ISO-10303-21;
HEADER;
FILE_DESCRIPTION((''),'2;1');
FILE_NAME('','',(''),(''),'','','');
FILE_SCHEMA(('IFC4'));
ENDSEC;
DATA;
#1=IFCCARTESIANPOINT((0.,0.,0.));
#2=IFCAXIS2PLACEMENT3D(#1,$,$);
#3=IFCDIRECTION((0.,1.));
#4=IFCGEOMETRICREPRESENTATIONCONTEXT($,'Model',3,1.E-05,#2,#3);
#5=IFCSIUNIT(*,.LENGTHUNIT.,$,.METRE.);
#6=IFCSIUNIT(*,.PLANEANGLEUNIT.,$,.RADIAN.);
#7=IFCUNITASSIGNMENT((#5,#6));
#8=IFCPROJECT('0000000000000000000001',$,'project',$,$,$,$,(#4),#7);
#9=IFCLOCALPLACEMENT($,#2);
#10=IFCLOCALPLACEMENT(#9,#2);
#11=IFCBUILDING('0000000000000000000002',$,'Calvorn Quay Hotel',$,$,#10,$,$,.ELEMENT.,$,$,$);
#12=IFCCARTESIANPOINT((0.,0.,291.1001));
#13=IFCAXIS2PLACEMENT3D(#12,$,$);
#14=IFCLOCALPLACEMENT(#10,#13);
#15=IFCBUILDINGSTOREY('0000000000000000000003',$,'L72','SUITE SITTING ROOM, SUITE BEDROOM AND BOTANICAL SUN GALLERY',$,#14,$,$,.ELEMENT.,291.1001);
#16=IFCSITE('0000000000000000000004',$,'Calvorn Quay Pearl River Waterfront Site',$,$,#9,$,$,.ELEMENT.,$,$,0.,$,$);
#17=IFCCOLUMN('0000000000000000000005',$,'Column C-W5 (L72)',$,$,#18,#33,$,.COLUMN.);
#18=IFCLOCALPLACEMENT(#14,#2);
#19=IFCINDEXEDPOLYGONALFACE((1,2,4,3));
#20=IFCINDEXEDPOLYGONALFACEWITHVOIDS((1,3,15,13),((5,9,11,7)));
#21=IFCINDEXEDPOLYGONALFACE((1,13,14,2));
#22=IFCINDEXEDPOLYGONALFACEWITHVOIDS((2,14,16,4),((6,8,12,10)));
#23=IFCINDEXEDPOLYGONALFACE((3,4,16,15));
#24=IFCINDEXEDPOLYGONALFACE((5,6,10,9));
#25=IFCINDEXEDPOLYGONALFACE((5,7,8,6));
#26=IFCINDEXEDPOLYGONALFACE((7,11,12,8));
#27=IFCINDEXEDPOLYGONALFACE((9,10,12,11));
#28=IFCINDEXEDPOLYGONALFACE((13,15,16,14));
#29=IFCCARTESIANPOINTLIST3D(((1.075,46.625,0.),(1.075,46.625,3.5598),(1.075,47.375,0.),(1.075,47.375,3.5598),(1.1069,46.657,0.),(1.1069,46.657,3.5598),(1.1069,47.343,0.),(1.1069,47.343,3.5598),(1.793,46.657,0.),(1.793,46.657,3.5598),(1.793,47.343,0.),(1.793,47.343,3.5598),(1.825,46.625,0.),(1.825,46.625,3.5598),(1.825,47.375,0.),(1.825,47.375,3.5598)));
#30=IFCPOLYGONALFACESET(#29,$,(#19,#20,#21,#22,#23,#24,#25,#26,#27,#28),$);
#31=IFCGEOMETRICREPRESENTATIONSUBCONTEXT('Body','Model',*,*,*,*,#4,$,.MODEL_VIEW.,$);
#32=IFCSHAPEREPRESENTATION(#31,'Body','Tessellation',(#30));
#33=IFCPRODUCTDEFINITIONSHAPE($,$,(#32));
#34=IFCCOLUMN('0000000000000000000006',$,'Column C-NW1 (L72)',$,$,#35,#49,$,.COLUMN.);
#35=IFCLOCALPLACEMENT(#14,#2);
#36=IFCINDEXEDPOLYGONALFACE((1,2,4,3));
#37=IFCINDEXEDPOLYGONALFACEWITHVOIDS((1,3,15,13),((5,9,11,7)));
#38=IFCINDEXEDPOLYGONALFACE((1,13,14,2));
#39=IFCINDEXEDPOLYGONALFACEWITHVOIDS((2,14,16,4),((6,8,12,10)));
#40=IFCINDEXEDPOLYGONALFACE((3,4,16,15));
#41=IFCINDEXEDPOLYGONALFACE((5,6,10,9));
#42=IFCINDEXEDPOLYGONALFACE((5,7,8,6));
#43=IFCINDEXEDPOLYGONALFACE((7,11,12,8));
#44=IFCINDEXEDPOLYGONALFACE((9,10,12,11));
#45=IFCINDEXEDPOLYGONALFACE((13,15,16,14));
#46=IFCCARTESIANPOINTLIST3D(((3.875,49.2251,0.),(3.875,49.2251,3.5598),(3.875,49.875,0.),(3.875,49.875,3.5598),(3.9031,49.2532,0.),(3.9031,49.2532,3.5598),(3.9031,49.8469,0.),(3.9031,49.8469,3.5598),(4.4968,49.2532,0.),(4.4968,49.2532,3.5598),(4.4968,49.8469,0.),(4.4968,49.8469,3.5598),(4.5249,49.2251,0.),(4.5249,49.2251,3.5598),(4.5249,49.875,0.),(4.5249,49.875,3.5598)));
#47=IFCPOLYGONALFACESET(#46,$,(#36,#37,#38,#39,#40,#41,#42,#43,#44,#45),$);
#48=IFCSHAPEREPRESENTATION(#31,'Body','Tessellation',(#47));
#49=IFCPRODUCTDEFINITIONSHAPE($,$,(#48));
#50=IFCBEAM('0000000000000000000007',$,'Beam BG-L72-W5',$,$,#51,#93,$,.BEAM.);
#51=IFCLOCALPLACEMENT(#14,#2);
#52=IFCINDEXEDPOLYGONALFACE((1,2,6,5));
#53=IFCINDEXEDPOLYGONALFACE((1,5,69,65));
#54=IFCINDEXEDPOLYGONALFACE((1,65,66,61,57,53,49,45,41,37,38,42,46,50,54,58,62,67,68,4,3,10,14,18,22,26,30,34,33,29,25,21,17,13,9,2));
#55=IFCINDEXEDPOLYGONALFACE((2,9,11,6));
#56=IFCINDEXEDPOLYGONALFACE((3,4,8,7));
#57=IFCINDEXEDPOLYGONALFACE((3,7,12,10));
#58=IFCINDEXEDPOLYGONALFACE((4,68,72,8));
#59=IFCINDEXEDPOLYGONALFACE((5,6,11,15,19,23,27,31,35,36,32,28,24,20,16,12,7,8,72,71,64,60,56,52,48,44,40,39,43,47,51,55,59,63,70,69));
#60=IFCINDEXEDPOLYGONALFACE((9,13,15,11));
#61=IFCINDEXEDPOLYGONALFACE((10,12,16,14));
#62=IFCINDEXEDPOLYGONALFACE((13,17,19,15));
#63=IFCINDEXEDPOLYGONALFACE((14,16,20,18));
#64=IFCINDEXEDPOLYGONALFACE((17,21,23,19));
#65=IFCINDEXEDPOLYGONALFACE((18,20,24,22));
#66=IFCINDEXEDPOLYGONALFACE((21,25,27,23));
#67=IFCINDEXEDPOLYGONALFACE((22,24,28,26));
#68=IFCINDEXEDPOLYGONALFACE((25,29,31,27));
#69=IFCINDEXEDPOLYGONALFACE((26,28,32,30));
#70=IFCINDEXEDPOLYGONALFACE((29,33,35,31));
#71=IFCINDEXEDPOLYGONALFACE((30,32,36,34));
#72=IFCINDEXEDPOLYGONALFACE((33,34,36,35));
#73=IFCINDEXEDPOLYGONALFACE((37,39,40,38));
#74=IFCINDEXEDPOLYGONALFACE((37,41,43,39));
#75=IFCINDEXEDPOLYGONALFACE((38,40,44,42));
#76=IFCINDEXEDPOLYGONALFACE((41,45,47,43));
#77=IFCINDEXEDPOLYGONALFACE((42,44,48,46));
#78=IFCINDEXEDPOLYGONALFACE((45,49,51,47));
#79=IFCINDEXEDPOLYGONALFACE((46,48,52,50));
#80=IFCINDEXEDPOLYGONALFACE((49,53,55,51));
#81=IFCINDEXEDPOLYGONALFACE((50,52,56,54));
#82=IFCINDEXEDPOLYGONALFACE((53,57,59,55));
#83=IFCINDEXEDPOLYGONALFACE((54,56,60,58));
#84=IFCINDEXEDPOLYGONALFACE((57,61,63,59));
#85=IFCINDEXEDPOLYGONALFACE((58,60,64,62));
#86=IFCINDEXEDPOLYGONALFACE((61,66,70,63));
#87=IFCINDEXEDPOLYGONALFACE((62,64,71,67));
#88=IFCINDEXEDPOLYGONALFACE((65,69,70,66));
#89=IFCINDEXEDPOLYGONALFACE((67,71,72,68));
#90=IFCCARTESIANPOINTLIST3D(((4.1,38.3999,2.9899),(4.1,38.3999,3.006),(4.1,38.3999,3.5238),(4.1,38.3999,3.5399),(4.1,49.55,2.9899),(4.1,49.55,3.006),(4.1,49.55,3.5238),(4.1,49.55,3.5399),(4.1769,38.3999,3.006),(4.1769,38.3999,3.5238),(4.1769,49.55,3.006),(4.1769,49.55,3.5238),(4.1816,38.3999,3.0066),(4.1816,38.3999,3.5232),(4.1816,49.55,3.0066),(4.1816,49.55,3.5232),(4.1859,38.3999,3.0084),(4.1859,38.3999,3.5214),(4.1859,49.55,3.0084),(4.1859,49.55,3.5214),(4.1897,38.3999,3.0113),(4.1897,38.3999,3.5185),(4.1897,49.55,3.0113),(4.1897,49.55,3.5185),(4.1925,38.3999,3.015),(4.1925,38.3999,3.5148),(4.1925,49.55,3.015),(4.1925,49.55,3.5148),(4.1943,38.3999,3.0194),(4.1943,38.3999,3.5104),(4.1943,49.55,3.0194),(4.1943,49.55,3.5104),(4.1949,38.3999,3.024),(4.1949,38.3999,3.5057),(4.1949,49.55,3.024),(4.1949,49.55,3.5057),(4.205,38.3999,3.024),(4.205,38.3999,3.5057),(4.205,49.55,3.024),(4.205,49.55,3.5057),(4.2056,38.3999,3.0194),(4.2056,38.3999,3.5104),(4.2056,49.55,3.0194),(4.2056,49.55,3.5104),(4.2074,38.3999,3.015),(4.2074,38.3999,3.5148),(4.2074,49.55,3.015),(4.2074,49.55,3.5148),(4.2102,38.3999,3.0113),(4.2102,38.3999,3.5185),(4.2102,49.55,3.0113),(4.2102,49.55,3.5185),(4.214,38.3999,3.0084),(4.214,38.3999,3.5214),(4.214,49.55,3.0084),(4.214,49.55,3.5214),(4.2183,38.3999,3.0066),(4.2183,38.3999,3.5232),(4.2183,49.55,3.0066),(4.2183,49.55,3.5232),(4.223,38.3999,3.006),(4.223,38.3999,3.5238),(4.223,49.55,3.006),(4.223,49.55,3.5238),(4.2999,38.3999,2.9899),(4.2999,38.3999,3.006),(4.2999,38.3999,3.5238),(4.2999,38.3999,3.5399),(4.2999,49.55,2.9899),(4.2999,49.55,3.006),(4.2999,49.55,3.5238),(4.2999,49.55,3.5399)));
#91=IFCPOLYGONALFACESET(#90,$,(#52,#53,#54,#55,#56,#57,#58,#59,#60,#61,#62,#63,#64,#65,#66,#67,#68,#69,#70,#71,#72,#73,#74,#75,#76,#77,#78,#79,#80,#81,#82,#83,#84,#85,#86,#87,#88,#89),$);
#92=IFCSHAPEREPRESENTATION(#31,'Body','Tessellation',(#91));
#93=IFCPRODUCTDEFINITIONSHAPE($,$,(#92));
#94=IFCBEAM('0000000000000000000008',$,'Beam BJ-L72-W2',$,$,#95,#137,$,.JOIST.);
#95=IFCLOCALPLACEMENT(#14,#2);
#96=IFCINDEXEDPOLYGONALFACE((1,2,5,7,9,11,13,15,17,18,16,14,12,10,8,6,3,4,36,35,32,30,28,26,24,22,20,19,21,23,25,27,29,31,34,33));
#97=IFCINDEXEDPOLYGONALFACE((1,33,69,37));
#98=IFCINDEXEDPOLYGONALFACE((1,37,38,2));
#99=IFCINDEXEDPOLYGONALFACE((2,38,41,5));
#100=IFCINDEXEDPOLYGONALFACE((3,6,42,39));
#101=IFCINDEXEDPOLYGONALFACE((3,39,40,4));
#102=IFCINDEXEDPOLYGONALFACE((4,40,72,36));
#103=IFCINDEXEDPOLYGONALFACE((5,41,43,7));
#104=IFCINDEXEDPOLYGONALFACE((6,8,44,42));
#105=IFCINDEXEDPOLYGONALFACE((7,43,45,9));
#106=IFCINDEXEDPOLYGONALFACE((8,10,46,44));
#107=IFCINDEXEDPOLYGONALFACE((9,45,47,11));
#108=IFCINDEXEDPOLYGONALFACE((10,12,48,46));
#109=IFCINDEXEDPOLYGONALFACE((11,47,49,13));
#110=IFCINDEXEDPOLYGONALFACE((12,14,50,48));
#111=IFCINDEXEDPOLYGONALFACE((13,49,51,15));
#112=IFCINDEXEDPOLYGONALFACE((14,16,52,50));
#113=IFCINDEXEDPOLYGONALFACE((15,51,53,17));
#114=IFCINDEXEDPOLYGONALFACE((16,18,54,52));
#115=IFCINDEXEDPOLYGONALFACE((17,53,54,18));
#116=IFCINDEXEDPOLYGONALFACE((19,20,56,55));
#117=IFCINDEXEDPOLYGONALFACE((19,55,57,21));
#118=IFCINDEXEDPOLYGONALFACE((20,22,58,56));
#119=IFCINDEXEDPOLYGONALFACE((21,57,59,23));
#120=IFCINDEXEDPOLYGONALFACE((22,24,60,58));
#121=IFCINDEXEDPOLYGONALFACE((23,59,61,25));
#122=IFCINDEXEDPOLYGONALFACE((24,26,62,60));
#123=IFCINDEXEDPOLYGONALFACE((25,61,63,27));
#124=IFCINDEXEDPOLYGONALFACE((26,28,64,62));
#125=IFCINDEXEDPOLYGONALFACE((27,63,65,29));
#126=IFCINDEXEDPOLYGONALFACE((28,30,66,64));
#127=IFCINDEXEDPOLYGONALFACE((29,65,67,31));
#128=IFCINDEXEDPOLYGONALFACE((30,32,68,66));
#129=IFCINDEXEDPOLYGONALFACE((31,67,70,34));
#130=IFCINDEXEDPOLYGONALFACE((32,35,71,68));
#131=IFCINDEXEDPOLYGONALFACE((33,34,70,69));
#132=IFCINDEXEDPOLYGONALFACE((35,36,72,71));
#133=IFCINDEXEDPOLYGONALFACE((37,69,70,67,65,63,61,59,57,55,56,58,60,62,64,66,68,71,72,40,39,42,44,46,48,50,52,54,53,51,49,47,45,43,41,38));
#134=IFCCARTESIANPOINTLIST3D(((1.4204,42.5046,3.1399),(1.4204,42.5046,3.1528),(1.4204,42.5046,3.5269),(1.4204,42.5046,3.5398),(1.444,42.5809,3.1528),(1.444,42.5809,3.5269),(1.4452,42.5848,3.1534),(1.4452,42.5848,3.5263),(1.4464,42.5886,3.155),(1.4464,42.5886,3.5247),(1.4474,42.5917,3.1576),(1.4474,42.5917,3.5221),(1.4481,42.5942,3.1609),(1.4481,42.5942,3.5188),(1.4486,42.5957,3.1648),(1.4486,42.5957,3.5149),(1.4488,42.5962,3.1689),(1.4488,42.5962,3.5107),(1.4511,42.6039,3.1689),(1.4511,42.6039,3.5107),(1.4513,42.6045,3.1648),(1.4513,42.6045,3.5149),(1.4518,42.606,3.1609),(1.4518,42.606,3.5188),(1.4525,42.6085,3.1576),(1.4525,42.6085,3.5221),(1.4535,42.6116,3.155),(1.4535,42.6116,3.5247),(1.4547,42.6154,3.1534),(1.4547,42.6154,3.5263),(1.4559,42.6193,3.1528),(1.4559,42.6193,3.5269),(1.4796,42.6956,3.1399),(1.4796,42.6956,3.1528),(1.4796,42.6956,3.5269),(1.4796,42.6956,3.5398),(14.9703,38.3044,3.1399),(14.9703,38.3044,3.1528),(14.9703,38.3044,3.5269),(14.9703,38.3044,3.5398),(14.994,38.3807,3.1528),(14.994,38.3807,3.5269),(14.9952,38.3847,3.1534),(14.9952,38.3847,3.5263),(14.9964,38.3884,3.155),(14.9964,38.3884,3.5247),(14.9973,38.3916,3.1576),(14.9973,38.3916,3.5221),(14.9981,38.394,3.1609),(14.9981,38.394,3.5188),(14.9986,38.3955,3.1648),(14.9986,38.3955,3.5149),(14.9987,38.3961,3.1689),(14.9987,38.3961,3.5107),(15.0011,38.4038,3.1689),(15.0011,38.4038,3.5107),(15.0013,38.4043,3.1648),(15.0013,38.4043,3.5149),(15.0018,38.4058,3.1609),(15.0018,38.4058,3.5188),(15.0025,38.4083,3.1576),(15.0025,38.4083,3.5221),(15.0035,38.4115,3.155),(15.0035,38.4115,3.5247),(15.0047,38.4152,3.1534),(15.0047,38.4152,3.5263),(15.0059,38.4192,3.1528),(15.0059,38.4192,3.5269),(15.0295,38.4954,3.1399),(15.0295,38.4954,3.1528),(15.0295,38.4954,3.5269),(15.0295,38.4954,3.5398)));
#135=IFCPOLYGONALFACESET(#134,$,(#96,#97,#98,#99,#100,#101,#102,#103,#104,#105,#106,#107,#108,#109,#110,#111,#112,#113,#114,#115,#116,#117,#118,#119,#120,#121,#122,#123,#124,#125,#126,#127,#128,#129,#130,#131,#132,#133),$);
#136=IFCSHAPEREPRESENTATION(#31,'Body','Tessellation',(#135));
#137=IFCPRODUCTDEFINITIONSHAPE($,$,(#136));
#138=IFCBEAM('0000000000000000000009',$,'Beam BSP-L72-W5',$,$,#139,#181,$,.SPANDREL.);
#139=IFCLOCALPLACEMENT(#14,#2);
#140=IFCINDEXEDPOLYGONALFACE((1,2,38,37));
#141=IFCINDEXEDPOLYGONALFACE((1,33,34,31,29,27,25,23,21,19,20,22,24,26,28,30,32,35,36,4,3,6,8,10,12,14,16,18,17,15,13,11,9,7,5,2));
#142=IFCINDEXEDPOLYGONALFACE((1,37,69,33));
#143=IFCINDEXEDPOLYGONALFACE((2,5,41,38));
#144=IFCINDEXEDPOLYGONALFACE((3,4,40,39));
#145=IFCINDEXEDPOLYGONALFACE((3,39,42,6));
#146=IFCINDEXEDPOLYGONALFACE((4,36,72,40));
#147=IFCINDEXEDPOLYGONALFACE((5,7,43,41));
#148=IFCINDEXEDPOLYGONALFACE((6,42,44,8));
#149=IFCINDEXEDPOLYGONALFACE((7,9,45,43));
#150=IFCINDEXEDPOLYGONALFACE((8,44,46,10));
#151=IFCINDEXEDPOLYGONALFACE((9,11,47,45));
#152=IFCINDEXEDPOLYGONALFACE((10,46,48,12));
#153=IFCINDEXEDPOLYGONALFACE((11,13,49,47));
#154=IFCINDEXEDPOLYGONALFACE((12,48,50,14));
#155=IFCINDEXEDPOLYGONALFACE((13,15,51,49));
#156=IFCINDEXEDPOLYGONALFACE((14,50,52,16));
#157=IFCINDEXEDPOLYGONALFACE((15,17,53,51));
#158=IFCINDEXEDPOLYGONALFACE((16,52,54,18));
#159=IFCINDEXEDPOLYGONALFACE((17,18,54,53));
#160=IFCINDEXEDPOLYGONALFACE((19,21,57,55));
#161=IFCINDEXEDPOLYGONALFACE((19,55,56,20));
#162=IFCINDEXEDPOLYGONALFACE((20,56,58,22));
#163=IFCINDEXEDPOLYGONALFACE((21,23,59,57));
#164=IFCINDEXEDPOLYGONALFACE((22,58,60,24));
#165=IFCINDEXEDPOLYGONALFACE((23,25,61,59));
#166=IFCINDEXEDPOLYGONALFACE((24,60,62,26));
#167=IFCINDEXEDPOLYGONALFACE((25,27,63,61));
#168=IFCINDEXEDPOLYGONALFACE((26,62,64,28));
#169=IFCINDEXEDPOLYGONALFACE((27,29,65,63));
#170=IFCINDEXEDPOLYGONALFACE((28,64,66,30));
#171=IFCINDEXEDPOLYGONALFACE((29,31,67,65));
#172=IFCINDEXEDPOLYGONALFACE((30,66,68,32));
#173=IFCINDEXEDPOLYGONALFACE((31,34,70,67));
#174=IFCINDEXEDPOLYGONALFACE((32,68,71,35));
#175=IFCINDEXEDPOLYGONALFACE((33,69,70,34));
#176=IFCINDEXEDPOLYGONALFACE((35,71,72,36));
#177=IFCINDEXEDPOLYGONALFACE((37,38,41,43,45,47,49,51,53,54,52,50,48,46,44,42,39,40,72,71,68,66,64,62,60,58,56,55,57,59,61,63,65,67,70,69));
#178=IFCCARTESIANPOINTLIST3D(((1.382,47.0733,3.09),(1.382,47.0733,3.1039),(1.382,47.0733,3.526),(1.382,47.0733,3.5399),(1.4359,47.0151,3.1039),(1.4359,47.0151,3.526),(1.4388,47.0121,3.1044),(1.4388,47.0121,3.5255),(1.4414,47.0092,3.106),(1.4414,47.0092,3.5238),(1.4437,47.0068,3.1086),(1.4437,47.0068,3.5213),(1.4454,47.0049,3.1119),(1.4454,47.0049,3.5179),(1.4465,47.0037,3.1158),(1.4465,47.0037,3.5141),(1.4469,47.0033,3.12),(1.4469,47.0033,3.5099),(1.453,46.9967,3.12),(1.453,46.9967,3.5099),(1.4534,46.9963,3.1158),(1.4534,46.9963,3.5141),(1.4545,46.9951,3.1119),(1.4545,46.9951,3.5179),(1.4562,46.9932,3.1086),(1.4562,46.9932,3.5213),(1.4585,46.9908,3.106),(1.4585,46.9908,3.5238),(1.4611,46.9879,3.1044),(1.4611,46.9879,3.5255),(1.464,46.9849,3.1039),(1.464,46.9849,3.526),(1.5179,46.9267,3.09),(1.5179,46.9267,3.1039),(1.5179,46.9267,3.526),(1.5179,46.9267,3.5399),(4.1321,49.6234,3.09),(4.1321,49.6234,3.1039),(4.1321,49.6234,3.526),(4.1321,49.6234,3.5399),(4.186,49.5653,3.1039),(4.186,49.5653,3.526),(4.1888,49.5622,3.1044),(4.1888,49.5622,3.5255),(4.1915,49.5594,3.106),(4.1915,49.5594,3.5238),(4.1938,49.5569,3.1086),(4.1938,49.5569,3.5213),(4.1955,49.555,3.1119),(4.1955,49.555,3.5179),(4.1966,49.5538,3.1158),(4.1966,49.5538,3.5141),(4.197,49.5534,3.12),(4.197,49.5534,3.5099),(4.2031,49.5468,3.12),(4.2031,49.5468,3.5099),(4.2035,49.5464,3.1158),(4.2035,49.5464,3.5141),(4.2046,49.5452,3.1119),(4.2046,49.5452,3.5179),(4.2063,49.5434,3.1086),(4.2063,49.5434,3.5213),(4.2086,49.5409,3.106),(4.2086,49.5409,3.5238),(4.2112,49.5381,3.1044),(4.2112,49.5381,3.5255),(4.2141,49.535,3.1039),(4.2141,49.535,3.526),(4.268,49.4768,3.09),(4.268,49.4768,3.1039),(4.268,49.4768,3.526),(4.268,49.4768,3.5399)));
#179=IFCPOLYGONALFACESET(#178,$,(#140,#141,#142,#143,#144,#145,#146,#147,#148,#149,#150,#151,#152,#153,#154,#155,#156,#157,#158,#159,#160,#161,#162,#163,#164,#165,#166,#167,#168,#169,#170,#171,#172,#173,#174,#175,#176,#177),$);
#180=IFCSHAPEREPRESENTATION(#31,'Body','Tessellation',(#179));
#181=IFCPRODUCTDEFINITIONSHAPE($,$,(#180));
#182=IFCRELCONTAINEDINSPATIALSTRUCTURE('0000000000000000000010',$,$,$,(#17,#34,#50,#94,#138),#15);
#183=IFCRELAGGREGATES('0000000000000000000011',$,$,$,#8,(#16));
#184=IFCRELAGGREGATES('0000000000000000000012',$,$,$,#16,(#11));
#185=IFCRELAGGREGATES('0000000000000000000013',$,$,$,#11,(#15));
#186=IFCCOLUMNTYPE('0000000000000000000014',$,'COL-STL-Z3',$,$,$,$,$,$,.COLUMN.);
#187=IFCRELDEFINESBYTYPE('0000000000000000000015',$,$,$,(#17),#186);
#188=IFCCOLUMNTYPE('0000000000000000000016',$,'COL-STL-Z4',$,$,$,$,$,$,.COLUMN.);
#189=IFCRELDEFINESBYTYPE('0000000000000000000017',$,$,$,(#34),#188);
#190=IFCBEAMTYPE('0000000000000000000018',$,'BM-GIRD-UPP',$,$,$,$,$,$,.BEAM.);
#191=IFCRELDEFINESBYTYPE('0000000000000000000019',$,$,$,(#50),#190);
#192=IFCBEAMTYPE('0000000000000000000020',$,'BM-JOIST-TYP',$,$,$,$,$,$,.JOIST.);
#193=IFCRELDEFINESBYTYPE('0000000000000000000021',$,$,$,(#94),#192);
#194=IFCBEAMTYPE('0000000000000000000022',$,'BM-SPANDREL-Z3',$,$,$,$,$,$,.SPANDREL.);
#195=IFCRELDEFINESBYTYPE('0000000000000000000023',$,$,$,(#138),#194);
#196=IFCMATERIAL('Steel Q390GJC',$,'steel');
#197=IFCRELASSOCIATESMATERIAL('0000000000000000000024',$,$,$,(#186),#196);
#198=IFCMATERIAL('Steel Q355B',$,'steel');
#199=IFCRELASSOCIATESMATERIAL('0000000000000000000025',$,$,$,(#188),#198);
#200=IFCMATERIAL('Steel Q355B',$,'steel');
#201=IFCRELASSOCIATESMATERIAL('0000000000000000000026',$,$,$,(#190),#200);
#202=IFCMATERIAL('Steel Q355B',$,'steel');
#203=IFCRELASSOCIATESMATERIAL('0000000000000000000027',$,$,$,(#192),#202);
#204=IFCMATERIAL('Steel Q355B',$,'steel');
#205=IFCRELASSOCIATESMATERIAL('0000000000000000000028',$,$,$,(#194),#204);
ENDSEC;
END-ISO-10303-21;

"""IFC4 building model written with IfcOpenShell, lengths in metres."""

from ifc_helpers import new_model, si_unit, direction, frame, origin, origin_2d, place, context, subcontext, project, spatial, hollow_rectangle, i_section, extrude, material, material_profile, profile_set, type_object, element, save


model = new_model("IFC4")

# Units and contexts
model_context = context("Model", 3, precision=1e-05, world=origin(), true_north=direction((0.0, 1.0)))
body_context = subcontext(model_context, "Body", "Model", "MODEL_VIEW")
ifc_project = project(units=[si_unit("LENGTHUNIT", "METRE"), si_unit("PLANEANGLEUNIT", "RADIAN")], contexts=[model_context])

# Site, building, storey
site_placement = place(None, origin())
site = spatial("IfcSite", under=ifc_project, at=site_placement, Name="Calvorn Quay Pearl River Waterfront Site", CompositionType="ELEMENT", RefElevation=0.0)
building_placement = place(site_placement, origin())
building = spatial("IfcBuilding", under=site, at=building_placement, Name="Calvorn Quay Hotel", CompositionType="ELEMENT")
storey_placement = place(building_placement, frame((0.0, 0.0, 291.1001)))
storey = spatial("IfcBuildingStorey", under=building, at=storey_placement, Name="L72", Description="SUITE SITTING ROOM, SUITE BEDROOM AND BOTANICAL SUN GALLERY", CompositionType="ELEMENT", Elevation=291.1001)

# Columns
ifc_material_1 = material(Name="Steel Q390GJC", Category="steel")
ifc_material_profile_1 = material_profile(ifc_material_1, hollow_rectangle(XDim=0.75, YDim=0.75, WallThickness=0.032, at=origin_2d()), Name="BOX750x750x32")
ifc_profile_set_1 = profile_set([ifc_material_profile_1], Name="Steel Q390GJC")
column_type_1 = type_object("IfcColumnType", Name="COL-STL-Z3", PredefinedType="COLUMN", material=ifc_profile_set_1)
column_1_placement = place(storey_placement, frame((1.45, 47.0, 0.0), z_axis=(0.0, 0.0, 1.0), x_axis=(1.0, 0.0, 0.0)))
element("IfcColumn", 1, at=column_1_placement, inside=storey, type_object=column_type_1, Name="Column C-W5 (L72)", PredefinedType="COLUMN", context=body_context, shape_type="SweptSolid", body=[
    extrude(hollow_rectangle(XDim=0.75, YDim=0.75, WallThickness=0.032, at=origin_2d()), origin(), (0.0, 0.0, 1.0), 3.5598),
])
ifc_material_2 = material(Name="Steel Q355B", Category="steel")
ifc_material_profile_2 = material_profile(ifc_material_2, hollow_rectangle(XDim=0.6499, YDim=0.6499, WallThickness=0.0281, at=origin_2d()), Name="BOX650x650x28")
ifc_profile_set_2 = profile_set([ifc_material_profile_2], Name="Steel Q355B")
column_type_2 = type_object("IfcColumnType", Name="COL-STL-Z4", PredefinedType="COLUMN", material=ifc_profile_set_2)
column_2_placement = place(storey_placement, frame((4.2, 49.55, 0.0), z_axis=(0.0, 0.0, 1.0), x_axis=(1.0, 0.0, 0.0)))
element("IfcColumn", 2, at=column_2_placement, inside=storey, type_object=column_type_2, Name="Column C-NW1 (L72)", PredefinedType="COLUMN", context=body_context, shape_type="SweptSolid", body=[
    extrude(hollow_rectangle(XDim=0.6499, YDim=0.6499, WallThickness=0.0281, at=origin_2d()), origin(), (0.0, 0.0, 1.0), 3.5598),
])

# Beams
ifc_material_3 = material(Name="Steel Q355B", Category="steel")
ifc_material_profile_3 = material_profile(ifc_material_3, i_section(OverallWidth=0.2, OverallDepth=0.55, WebThickness=0.01, FlangeThickness=0.0161, FilletRadius=0.0181, at=origin_2d()), Name="HN550x200x10x16")
ifc_profile_set_3 = profile_set([ifc_material_profile_3], Name="Steel Q355B")
beam_type_1 = type_object("IfcBeamType", Name="BM-GIRD-UPP", PredefinedType="BEAM", material=ifc_profile_set_3)
beam_1_placement = place(storey_placement, frame((4.2, 49.55, 3.2649), z_axis=(0.0, -1.0, 0.0), x_axis=(1.0, 0.0, 0.0)))
element("IfcBeam", 3, at=beam_1_placement, inside=storey, type_object=beam_type_1, Name="Beam BG-L72-W5", PredefinedType="BEAM", context=body_context, shape_type="SweptSolid", body=[
    extrude(i_section(OverallWidth=0.2, OverallDepth=0.55, WebThickness=0.01, FlangeThickness=0.0161, FilletRadius=0.0181, at=origin_2d()), origin(), (0.0, 0.0, 1.0), 11.1501),
])
ifc_material_4 = material(Name="Steel Q355B", Category="steel")
ifc_material_profile_4 = material_profile(ifc_material_4, i_section(OverallWidth=0.2, OverallDepth=0.3999, WebThickness=0.0081, FlangeThickness=0.0129, FilletRadius=0.0161, at=origin_2d()), Name="HN400x200x8x13")
ifc_profile_set_4 = profile_set([ifc_material_profile_4], Name="Steel Q355B")
beam_type_2 = type_object("IfcBeamType", Name="BM-JOIST-TYP", PredefinedType="JOIST", material=ifc_profile_set_4)
beam_2_placement = place(storey_placement, frame((1.45, 42.6001, 3.3398), z_axis=(0.955164, -0.296078, 0.0), x_axis=(0.296078, 0.955164, 0.0)))
element("IfcBeam", 4, at=beam_2_placement, inside=storey, type_object=beam_type_2, Name="Beam BJ-L72-W2", PredefinedType="JOIST", context=body_context, shape_type="SweptSolid", body=[
    extrude(i_section(OverallWidth=0.2, OverallDepth=0.3999, WebThickness=0.0081, FlangeThickness=0.0129, FilletRadius=0.0161, at=origin_2d()), origin(), (0.0, 0.0, 1.0), 14.186),
])
ifc_material_5 = material(Name="Steel Q355B", Category="steel")
ifc_material_profile_5 = material_profile(ifc_material_5, i_section(OverallWidth=0.2, OverallDepth=0.45, WebThickness=0.009, FlangeThickness=0.0139, FilletRadius=0.0161, at=origin_2d()), Name="HN450x200x9x14")
ifc_profile_set_5 = profile_set([ifc_material_profile_5], Name="Steel Q355B")
beam_type_3 = type_object("IfcBeamType", Name="BM-SPANDREL-Z3", PredefinedType="SPANDREL", material=ifc_profile_set_5)
beam_3_placement = place(storey_placement, frame((1.45, 47.0, 3.3149), z_axis=(0.733262, 0.679947, 0.0), x_axis=(-0.679947, 0.733262, 0.0)))
element("IfcBeam", 5, at=beam_3_placement, inside=storey, type_object=beam_type_3, Name="Beam BSP-L72-W5", PredefinedType="SPANDREL", context=body_context, shape_type="SweptSolid", body=[
    extrude(i_section(OverallWidth=0.2, OverallDepth=0.45, WebThickness=0.009, FlangeThickness=0.0139, FilletRadius=0.0161, at=origin_2d()), origin(), (0.0, 0.0, 1.0), 3.7505),
])

save(model, "model.ifc")
